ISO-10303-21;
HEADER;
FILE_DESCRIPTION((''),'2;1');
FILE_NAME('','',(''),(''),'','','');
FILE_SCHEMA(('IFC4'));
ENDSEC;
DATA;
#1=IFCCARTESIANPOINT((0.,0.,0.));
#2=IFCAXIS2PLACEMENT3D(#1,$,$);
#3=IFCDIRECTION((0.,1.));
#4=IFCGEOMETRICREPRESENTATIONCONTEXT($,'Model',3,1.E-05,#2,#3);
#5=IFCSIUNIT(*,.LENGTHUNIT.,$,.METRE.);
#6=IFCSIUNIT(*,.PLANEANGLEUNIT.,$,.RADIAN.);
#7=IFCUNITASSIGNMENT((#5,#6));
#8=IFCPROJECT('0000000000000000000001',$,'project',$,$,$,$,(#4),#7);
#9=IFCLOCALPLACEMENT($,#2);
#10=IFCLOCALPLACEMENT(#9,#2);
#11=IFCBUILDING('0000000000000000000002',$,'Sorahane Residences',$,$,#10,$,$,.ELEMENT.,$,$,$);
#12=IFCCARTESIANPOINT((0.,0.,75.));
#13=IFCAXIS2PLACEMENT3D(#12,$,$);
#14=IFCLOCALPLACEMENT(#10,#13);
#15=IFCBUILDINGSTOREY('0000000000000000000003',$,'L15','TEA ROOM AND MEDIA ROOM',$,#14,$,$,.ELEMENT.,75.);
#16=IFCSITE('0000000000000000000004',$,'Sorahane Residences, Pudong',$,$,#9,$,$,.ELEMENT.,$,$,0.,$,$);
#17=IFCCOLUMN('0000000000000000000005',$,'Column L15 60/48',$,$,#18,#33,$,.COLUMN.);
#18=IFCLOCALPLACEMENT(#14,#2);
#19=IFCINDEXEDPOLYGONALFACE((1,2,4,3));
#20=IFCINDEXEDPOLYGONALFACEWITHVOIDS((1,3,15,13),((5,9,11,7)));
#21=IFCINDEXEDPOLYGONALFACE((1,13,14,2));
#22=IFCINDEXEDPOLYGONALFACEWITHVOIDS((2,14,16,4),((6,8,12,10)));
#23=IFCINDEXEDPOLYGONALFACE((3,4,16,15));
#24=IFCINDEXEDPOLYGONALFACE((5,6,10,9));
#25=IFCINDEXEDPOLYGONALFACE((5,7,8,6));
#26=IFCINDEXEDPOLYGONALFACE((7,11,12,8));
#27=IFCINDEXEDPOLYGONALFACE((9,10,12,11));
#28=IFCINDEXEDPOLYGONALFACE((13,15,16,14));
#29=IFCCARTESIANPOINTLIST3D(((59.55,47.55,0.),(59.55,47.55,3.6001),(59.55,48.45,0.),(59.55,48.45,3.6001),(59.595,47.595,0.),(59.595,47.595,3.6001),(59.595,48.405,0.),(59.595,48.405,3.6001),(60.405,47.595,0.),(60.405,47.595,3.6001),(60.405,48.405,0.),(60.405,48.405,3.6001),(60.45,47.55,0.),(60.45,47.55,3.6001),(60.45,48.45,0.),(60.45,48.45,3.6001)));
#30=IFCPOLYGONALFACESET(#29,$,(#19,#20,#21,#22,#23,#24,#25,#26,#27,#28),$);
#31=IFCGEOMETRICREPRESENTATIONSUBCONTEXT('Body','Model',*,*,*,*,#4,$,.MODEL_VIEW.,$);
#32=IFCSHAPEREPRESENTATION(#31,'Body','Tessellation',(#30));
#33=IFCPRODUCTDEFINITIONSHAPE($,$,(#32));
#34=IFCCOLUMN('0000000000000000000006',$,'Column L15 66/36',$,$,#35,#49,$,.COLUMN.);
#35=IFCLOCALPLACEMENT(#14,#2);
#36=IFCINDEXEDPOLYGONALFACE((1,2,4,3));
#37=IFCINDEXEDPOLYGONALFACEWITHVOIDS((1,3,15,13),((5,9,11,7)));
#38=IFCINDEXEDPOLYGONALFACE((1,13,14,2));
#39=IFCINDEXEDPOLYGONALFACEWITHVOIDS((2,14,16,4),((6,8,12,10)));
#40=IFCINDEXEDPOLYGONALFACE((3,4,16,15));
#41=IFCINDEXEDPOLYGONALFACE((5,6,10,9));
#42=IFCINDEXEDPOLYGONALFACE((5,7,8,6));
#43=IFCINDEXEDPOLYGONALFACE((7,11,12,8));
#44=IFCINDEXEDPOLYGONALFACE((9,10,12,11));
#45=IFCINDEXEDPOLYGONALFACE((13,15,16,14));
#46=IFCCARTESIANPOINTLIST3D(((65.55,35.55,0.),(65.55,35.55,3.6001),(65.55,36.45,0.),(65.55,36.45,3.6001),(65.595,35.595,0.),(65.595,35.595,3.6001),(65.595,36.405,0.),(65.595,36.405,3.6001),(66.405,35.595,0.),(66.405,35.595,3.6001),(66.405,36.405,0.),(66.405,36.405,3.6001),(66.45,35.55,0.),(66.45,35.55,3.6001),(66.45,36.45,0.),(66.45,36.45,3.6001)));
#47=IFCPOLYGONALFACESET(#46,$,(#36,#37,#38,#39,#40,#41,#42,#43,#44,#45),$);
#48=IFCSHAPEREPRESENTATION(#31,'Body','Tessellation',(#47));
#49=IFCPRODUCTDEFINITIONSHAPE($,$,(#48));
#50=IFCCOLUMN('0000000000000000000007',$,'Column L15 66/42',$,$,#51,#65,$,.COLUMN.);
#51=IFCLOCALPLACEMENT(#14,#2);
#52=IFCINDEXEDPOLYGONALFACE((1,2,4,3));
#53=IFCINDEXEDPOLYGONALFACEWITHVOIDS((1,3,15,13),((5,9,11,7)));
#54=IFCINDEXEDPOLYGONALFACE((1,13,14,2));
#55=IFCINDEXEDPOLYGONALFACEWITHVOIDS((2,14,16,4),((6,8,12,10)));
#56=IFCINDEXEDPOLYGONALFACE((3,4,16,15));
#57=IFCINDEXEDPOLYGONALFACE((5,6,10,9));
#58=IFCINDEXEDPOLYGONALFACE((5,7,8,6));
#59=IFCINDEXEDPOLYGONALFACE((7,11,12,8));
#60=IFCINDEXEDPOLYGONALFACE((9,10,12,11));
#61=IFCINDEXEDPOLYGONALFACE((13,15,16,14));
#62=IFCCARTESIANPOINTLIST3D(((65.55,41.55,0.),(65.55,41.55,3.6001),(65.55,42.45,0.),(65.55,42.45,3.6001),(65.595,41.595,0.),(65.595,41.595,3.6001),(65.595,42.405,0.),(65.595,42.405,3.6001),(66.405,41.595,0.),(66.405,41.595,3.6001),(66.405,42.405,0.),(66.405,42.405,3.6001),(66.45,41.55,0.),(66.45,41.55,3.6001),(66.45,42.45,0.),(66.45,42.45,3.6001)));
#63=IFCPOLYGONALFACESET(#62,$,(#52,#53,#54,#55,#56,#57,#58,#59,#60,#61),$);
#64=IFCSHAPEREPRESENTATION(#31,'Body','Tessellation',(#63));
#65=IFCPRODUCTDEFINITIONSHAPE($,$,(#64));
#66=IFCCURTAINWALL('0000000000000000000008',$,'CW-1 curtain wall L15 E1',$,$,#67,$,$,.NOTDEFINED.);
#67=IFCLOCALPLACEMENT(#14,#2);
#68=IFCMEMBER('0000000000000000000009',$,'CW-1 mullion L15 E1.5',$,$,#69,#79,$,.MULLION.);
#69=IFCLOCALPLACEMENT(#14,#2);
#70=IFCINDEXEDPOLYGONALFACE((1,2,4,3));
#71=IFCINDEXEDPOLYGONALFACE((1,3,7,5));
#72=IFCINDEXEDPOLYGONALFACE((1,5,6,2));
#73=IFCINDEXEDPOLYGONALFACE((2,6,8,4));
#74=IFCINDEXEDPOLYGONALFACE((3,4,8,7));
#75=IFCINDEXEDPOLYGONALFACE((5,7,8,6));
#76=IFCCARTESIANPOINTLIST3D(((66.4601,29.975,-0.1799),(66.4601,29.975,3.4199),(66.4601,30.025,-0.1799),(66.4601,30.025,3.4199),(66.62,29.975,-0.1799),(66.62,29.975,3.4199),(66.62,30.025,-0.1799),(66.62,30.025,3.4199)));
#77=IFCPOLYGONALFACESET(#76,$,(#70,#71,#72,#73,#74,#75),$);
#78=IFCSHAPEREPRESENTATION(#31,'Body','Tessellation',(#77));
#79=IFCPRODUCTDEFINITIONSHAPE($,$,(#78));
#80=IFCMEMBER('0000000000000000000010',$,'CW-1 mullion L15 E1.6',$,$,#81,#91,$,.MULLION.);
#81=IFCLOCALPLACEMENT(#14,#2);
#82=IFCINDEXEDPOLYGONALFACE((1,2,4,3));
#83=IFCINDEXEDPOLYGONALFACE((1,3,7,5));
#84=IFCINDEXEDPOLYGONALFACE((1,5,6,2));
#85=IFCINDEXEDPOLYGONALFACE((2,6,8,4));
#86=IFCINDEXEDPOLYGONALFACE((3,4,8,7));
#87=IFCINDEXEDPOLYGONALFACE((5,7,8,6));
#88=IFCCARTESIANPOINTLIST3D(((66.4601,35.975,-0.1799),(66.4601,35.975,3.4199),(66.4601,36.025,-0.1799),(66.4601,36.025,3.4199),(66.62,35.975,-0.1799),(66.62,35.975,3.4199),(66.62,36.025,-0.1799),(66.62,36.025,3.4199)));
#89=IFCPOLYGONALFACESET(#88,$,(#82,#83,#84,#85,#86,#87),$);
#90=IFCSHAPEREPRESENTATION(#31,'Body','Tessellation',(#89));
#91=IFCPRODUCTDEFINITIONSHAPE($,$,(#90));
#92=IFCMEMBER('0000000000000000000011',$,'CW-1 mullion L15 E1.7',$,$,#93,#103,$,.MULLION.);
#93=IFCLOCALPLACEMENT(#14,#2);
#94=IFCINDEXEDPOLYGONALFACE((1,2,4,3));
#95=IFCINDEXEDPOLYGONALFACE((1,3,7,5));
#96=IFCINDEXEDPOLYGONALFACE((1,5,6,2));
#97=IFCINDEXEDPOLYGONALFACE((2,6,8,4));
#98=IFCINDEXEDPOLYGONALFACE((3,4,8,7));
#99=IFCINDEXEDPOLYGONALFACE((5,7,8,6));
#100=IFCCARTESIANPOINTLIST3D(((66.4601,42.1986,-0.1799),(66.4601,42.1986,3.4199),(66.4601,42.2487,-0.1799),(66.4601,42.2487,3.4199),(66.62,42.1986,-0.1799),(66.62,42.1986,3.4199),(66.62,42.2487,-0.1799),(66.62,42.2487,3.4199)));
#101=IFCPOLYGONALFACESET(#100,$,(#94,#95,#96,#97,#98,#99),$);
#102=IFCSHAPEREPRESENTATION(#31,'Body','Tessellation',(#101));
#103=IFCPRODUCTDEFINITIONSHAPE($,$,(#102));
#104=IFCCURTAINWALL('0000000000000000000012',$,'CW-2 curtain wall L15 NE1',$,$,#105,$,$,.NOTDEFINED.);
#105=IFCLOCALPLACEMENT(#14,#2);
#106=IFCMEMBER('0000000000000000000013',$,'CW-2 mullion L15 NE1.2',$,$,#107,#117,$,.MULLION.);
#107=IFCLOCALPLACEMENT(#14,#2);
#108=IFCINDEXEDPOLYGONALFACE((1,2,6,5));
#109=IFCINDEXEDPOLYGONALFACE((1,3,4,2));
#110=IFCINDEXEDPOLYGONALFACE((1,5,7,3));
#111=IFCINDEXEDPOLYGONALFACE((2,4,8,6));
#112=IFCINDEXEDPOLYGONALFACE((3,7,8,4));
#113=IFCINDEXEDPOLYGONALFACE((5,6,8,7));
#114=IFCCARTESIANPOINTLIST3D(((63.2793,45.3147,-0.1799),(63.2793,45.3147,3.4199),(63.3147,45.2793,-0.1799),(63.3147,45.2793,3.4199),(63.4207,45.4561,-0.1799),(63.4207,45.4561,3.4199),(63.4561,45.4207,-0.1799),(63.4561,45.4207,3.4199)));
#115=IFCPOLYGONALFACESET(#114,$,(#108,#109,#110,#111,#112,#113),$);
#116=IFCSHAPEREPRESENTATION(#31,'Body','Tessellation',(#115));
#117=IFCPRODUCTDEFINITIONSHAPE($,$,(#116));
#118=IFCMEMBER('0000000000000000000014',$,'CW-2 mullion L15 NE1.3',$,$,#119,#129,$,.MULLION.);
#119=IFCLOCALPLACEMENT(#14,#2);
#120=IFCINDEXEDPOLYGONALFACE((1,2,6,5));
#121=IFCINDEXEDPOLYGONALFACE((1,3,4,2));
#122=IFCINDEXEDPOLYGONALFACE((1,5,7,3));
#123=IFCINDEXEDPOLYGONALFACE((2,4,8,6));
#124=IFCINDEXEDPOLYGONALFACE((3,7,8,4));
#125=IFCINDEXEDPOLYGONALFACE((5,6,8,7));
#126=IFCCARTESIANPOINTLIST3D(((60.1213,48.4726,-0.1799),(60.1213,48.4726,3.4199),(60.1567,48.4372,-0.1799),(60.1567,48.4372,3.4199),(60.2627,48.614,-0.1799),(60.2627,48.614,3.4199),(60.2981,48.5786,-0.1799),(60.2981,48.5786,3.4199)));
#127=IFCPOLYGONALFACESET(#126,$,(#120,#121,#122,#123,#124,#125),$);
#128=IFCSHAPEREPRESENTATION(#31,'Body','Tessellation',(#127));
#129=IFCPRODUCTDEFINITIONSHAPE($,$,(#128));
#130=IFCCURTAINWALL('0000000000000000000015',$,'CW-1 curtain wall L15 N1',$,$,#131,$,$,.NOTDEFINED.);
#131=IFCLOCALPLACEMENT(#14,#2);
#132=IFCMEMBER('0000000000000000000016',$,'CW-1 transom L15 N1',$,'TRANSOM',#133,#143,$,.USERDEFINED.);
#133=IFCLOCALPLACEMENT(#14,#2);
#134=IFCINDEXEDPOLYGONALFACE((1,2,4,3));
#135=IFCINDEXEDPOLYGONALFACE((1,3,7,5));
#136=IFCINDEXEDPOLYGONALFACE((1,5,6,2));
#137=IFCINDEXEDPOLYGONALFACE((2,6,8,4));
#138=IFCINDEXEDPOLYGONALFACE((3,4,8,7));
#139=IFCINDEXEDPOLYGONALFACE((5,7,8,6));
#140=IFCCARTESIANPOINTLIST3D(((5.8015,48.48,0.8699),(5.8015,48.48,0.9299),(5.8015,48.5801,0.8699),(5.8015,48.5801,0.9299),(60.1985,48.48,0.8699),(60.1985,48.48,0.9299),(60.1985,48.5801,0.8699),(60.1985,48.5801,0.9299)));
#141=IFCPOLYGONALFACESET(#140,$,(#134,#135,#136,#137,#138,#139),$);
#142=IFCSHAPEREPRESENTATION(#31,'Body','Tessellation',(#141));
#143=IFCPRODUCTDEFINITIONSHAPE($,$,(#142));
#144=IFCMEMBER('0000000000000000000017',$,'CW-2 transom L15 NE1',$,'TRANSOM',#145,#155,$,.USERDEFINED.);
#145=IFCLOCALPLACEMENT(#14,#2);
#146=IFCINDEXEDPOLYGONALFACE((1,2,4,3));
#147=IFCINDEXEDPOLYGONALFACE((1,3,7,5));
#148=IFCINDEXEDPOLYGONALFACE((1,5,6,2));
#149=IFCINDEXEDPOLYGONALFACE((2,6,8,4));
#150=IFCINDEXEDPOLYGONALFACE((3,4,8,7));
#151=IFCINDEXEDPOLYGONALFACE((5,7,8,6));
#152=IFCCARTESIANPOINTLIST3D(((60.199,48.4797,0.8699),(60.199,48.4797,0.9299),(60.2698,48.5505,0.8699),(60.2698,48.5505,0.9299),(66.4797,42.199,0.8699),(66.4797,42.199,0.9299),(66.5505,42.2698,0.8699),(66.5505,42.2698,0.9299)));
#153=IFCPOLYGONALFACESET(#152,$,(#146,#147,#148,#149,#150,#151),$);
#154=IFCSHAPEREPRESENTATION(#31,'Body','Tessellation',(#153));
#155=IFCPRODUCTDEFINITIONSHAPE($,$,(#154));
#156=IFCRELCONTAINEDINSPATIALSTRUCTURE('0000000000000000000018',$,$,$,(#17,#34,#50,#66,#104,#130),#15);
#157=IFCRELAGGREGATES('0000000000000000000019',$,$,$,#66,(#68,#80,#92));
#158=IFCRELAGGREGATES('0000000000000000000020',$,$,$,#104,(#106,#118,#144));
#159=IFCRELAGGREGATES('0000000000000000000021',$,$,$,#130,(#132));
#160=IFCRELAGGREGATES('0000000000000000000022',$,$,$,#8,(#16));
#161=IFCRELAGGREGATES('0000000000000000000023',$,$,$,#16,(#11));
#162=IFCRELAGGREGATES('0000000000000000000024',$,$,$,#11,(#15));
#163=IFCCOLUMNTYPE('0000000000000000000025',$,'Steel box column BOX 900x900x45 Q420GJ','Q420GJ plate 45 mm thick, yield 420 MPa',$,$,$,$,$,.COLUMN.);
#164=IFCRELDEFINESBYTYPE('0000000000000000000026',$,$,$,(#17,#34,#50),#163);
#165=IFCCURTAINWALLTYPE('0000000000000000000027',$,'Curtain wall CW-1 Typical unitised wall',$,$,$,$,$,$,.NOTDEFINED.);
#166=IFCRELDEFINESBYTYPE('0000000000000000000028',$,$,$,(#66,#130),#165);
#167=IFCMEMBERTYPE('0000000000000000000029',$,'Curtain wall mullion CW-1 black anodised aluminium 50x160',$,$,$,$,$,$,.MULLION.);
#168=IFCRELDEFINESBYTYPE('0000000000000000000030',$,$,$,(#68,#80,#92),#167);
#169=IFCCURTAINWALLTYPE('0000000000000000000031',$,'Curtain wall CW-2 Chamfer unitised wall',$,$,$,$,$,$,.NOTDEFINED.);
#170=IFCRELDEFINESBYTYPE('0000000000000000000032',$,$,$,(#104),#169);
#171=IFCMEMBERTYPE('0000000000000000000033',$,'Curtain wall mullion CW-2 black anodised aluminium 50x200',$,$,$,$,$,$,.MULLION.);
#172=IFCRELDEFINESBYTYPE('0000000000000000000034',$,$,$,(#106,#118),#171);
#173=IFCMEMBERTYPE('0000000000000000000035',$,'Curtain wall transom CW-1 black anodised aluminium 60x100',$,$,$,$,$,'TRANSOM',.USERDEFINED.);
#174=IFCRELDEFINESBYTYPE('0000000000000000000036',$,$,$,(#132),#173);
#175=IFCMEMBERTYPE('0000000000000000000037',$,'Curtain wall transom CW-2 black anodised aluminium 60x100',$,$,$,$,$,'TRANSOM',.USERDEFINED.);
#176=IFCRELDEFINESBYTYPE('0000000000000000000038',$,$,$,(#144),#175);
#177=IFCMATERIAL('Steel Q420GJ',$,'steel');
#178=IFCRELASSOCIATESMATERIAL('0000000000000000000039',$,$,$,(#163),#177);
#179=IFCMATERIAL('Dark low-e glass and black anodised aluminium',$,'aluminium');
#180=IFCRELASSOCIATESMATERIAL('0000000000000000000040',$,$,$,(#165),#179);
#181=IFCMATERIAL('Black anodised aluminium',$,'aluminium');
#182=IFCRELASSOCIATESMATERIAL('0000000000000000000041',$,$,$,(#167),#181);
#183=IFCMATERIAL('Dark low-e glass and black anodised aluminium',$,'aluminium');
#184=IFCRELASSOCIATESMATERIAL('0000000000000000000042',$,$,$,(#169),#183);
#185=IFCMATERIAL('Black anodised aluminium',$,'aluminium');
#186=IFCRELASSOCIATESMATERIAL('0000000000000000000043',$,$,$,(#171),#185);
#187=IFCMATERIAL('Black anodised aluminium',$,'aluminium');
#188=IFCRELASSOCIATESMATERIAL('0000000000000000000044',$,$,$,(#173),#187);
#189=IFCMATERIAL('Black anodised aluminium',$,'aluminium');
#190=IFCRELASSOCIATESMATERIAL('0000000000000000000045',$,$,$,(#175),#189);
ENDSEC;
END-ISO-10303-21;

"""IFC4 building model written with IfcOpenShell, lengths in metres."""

from ifc_helpers import new_model, si_unit, direction, frame, origin, origin_2d, place, context, subcontext, project, spatial, rectangle, hollow_rectangle, extrude, material, material_profile, profile_set, type_object, element, aggregate, save


model = new_model("IFC4")

# Units and contexts
model_context = context("Model", 3, precision=1e-05, world=origin(), true_north=direction((0.0, 1.0)))
body_context = subcontext(model_context, "Body", "Model", "MODEL_VIEW")
ifc_project = project(units=[si_unit("LENGTHUNIT", "METRE"), si_unit("PLANEANGLEUNIT", "RADIAN")], contexts=[model_context])

# Site, building, storey
site_placement = place(None, origin())
site = spatial("IfcSite", under=ifc_project, at=site_placement, Name="Sorahane Residences, Pudong", CompositionType="ELEMENT", RefElevation=0.0)
building_placement = place(site_placement, origin())
building = spatial("IfcBuilding", under=site, at=building_placement, Name="Sorahane Residences", CompositionType="ELEMENT")
storey_placement = place(building_placement, frame((0.0, 0.0, 75.0)))
storey = spatial("IfcBuildingStorey", under=building, at=storey_placement, Name="L15", Description="TEA ROOM AND MEDIA ROOM", CompositionType="ELEMENT", Elevation=75.0)

# Columns
ifc_material_1 = material(Name="Steel Q420GJ", Category="steel")
ifc_material_profile_1 = material_profile(ifc_material_1, hollow_rectangle(XDim=0.8999, YDim=0.8999, WallThickness=0.0449, at=origin_2d()), Name="BOX 900x900x45")
ifc_profile_set_1 = profile_set([ifc_material_profile_1], Name="Steel Q420GJ")
column_type = type_object("IfcColumnType", Name="Steel box column BOX 900x900x45 Q420GJ", Description="Q420GJ plate 45 mm thick, yield 420 MPa", PredefinedType="COLUMN", material=ifc_profile_set_1)
for number, where, z_axis, x_axis, name in (
    (1, (60.0, 48.0, 0.0), (0.0, 0.0, 1.0), (1.0, 0.0, 0.0), "Column L15 60/48"),
    (2, (66.0, 36.0, 0.0), (0.0, 0.0, 1.0), (1.0, 0.0, 0.0), "Column L15 66/36"),
    (3, (66.0, 42.0, 0.0), (0.0, 0.0, 1.0), (1.0, 0.0, 0.0), "Column L15 66/42"),
):
    element("IfcColumn", number, at=place(storey_placement, frame(where, z_axis=z_axis, x_axis=x_axis)), inside=storey, type_object=column_type, Name=name, PredefinedType="COLUMN", context=body_context, shape_type="SweptSolid", body=[
        extrude(hollow_rectangle(XDim=0.8999, YDim=0.8999, WallThickness=0.0449, at=origin_2d()), origin(), (0.0, 0.0, 1.0), 3.6001),
    ])

# Curtain walls, members
ifc_material_2 = material(Name="Dark low-e glass and black anodised aluminium", Category="aluminium")
curtain_wall_type_1 = type_object("IfcCurtainWallType", Name="Curtain wall CW-1 Typical unitised wall", PredefinedType="NOTDEFINED", material=ifc_material_2)
curtain_wall_1_placement = place(storey_placement, origin())
curtain_wall_1 = element("IfcCurtainWall", 4, at=curtain_wall_1_placement, inside=storey, type_object=curtain_wall_type_1, Name="CW-1 curtain wall L15 E1", PredefinedType="NOTDEFINED")
ifc_material_3 = material(Name="Black anodised aluminium", Category="aluminium")
ifc_material_profile_2 = material_profile(ifc_material_3, rectangle(XDim=0.1599, YDim=0.05, at=origin_2d()), Name="Curtain wall mullion CW-1 black anodised aluminium 50x160")
ifc_profile_set_2 = profile_set([ifc_material_profile_2], Name="Black anodised aluminium")
member_type_1 = type_object("IfcMemberType", Name="Curtain wall mullion CW-1 black anodised aluminium 50x160", PredefinedType="MULLION", material=ifc_profile_set_2)
member_1_placement = place(storey_placement, frame((66.54, 30.0, -0.1799), z_axis=(0.0, 0.0, 1.0), x_axis=(1.0, 0.0, 0.0)))
member_1 = element("IfcMember", 5, at=member_1_placement, type_object=member_type_1, Name="CW-1 mullion L15 E1.5", PredefinedType="MULLION", context=body_context, shape_type="SweptSolid", body=[
    extrude(rectangle(XDim=0.1599, YDim=0.05, at=origin_2d()), origin(), (0.0, 0.0, 1.0), 3.5999),
])
member_2_placement = place(storey_placement, frame((66.54, 36.0, -0.1799), z_axis=(0.0, 0.0, 1.0), x_axis=(1.0, 0.0, 0.0)))
member_2 = element("IfcMember", 6, at=member_2_placement, type_object=member_type_1, Name="CW-1 mullion L15 E1.6", PredefinedType="MULLION", context=body_context, shape_type="SweptSolid", body=[
    extrude(rectangle(XDim=0.1599, YDim=0.05, at=origin_2d()), origin(), (0.0, 0.0, 1.0), 3.5999),
])
member_3_placement = place(storey_placement, frame((66.54, 42.2236, -0.1799), z_axis=(0.0, 0.0, 1.0), x_axis=(1.0, 0.0, 0.0)))
member_3 = element("IfcMember", 7, at=member_3_placement, type_object=member_type_1, Name="CW-1 mullion L15 E1.7", PredefinedType="MULLION", context=body_context, shape_type="SweptSolid", body=[
    extrude(rectangle(XDim=0.1599, YDim=0.05, at=origin_2d()), origin(), (0.0, 0.0, 1.0), 3.5999),
])
ifc_material_4 = material(Name="Dark low-e glass and black anodised aluminium", Category="aluminium")
curtain_wall_type_2 = type_object("IfcCurtainWallType", Name="Curtain wall CW-2 Chamfer unitised wall", PredefinedType="NOTDEFINED", material=ifc_material_4)
curtain_wall_2_placement = place(storey_placement, origin())
curtain_wall_2 = element("IfcCurtainWall", 8, at=curtain_wall_2_placement, inside=storey, type_object=curtain_wall_type_2, Name="CW-2 curtain wall L15 NE1", PredefinedType="NOTDEFINED")
ifc_material_5 = material(Name="Black anodised aluminium", Category="aluminium")
ifc_material_profile_3 = material_profile(ifc_material_5, rectangle(XDim=0.2, YDim=0.05, at=origin_2d()), Name="Curtain wall mullion CW-2 black anodised aluminium 50x200")
ifc_profile_set_3 = profile_set([ifc_material_profile_3], Name="Black anodised aluminium")
member_type_2 = type_object("IfcMemberType", Name="Curtain wall mullion CW-2 black anodised aluminium 50x200", PredefinedType="MULLION", material=ifc_profile_set_3)
member_4_placement = place(storey_placement, frame((63.3677, 45.3677, -0.1799), z_axis=(0.0, 0.0, 1.0), x_axis=(0.707107, 0.707107, 0.0)))
member_4 = element("IfcMember", 9, at=member_4_placement, type_object=member_type_2, Name="CW-2 mullion L15 NE1.2", PredefinedType="MULLION", context=body_context, shape_type="SweptSolid", body=[
    extrude(rectangle(XDim=0.2, YDim=0.05, at=origin_2d()), origin(), (0.0, 0.0, 1.0), 3.5999),
])
member_5_placement = place(storey_placement, frame((60.2097, 48.5256, -0.1799), z_axis=(0.0, 0.0, 1.0), x_axis=(0.707107, 0.707107, 0.0)))
member_5 = element("IfcMember", 10, at=member_5_placement, type_object=member_type_2, Name="CW-2 mullion L15 NE1.3", PredefinedType="MULLION", context=body_context, shape_type="SweptSolid", body=[
    extrude(rectangle(XDim=0.2, YDim=0.05, at=origin_2d()), origin(), (0.0, 0.0, 1.0), 3.5999),
])

# Curtain wall, member
curtain_wall_3_placement = place(storey_placement, origin())
curtain_wall_3 = element("IfcCurtainWall", 11, at=curtain_wall_3_placement, inside=storey, type_object=curtain_wall_type_1, Name="CW-1 curtain wall L15 N1", PredefinedType="NOTDEFINED")
ifc_material_6 = material(Name="Black anodised aluminium", Category="aluminium")
ifc_material_profile_4 = material_profile(ifc_material_6, rectangle(XDim=0.1001, YDim=0.0601, at=origin_2d()), Name="Curtain wall transom CW-1 black anodised aluminium 60x100")
ifc_profile_set_4 = profile_set([ifc_material_profile_4], Name="Black anodised aluminium")
member_type_3 = type_object("IfcMemberType", Name="Curtain wall transom CW-1 black anodised aluminium 60x100", ElementType="TRANSOM", PredefinedType="USERDEFINED", material=ifc_profile_set_4)
member_6_placement = place(storey_placement, frame((60.1985, 48.53, 0.8999), z_axis=(-1.0, 0.0, 0.0), x_axis=(0.0, -1.0, 0.0)))
member_6 = element("IfcMember", 12, at=member_6_placement, type_object=member_type_3, Name="CW-1 transom L15 N1", ObjectType="TRANSOM", PredefinedType="USERDEFINED", context=body_context, shape_type="SweptSolid", body=[
    extrude(rectangle(XDim=0.1001, YDim=0.0601, at=origin_2d()), origin(), (0.0, 0.0, 1.0), 54.397),
])

# Member
ifc_material_7 = material(Name="Black anodised aluminium", Category="aluminium")
ifc_material_profile_5 = material_profile(ifc_material_7, rectangle(XDim=0.1001, YDim=0.0601, at=origin_2d()), Name="Curtain wall transom CW-2 black anodised aluminium 60x100")
ifc_profile_set_5 = profile_set([ifc_material_profile_5], Name="Black anodised aluminium")
member_type_4 = type_object("IfcMemberType", Name="Curtain wall transom CW-2 black anodised aluminium 60x100", ElementType="TRANSOM", PredefinedType="USERDEFINED", material=ifc_profile_set_5)
member_7_placement = place(storey_placement, frame((66.5151, 42.2344, 0.8999), z_axis=(-0.707107, 0.707107, 0.0), x_axis=(-0.707107, -0.707107, 0.0)))
member_7 = element("IfcMember", 13, at=member_7_placement, type_object=member_type_4, Name="CW-2 transom L15 NE1", ObjectType="TRANSOM", PredefinedType="USERDEFINED", context=body_context, shape_type="SweptSolid", body=[
    extrude(rectangle(XDim=0.1001, YDim=0.0601, at=origin_2d()), origin(), (0.0, 0.0, 1.0), 8.8823),
])

aggregate(curtain_wall_1, [member_1, member_2, member_3])
aggregate(curtain_wall_2, [member_4, member_5, member_7])
aggregate(curtain_wall_3, [member_6])

save(model, "model.ifc")
